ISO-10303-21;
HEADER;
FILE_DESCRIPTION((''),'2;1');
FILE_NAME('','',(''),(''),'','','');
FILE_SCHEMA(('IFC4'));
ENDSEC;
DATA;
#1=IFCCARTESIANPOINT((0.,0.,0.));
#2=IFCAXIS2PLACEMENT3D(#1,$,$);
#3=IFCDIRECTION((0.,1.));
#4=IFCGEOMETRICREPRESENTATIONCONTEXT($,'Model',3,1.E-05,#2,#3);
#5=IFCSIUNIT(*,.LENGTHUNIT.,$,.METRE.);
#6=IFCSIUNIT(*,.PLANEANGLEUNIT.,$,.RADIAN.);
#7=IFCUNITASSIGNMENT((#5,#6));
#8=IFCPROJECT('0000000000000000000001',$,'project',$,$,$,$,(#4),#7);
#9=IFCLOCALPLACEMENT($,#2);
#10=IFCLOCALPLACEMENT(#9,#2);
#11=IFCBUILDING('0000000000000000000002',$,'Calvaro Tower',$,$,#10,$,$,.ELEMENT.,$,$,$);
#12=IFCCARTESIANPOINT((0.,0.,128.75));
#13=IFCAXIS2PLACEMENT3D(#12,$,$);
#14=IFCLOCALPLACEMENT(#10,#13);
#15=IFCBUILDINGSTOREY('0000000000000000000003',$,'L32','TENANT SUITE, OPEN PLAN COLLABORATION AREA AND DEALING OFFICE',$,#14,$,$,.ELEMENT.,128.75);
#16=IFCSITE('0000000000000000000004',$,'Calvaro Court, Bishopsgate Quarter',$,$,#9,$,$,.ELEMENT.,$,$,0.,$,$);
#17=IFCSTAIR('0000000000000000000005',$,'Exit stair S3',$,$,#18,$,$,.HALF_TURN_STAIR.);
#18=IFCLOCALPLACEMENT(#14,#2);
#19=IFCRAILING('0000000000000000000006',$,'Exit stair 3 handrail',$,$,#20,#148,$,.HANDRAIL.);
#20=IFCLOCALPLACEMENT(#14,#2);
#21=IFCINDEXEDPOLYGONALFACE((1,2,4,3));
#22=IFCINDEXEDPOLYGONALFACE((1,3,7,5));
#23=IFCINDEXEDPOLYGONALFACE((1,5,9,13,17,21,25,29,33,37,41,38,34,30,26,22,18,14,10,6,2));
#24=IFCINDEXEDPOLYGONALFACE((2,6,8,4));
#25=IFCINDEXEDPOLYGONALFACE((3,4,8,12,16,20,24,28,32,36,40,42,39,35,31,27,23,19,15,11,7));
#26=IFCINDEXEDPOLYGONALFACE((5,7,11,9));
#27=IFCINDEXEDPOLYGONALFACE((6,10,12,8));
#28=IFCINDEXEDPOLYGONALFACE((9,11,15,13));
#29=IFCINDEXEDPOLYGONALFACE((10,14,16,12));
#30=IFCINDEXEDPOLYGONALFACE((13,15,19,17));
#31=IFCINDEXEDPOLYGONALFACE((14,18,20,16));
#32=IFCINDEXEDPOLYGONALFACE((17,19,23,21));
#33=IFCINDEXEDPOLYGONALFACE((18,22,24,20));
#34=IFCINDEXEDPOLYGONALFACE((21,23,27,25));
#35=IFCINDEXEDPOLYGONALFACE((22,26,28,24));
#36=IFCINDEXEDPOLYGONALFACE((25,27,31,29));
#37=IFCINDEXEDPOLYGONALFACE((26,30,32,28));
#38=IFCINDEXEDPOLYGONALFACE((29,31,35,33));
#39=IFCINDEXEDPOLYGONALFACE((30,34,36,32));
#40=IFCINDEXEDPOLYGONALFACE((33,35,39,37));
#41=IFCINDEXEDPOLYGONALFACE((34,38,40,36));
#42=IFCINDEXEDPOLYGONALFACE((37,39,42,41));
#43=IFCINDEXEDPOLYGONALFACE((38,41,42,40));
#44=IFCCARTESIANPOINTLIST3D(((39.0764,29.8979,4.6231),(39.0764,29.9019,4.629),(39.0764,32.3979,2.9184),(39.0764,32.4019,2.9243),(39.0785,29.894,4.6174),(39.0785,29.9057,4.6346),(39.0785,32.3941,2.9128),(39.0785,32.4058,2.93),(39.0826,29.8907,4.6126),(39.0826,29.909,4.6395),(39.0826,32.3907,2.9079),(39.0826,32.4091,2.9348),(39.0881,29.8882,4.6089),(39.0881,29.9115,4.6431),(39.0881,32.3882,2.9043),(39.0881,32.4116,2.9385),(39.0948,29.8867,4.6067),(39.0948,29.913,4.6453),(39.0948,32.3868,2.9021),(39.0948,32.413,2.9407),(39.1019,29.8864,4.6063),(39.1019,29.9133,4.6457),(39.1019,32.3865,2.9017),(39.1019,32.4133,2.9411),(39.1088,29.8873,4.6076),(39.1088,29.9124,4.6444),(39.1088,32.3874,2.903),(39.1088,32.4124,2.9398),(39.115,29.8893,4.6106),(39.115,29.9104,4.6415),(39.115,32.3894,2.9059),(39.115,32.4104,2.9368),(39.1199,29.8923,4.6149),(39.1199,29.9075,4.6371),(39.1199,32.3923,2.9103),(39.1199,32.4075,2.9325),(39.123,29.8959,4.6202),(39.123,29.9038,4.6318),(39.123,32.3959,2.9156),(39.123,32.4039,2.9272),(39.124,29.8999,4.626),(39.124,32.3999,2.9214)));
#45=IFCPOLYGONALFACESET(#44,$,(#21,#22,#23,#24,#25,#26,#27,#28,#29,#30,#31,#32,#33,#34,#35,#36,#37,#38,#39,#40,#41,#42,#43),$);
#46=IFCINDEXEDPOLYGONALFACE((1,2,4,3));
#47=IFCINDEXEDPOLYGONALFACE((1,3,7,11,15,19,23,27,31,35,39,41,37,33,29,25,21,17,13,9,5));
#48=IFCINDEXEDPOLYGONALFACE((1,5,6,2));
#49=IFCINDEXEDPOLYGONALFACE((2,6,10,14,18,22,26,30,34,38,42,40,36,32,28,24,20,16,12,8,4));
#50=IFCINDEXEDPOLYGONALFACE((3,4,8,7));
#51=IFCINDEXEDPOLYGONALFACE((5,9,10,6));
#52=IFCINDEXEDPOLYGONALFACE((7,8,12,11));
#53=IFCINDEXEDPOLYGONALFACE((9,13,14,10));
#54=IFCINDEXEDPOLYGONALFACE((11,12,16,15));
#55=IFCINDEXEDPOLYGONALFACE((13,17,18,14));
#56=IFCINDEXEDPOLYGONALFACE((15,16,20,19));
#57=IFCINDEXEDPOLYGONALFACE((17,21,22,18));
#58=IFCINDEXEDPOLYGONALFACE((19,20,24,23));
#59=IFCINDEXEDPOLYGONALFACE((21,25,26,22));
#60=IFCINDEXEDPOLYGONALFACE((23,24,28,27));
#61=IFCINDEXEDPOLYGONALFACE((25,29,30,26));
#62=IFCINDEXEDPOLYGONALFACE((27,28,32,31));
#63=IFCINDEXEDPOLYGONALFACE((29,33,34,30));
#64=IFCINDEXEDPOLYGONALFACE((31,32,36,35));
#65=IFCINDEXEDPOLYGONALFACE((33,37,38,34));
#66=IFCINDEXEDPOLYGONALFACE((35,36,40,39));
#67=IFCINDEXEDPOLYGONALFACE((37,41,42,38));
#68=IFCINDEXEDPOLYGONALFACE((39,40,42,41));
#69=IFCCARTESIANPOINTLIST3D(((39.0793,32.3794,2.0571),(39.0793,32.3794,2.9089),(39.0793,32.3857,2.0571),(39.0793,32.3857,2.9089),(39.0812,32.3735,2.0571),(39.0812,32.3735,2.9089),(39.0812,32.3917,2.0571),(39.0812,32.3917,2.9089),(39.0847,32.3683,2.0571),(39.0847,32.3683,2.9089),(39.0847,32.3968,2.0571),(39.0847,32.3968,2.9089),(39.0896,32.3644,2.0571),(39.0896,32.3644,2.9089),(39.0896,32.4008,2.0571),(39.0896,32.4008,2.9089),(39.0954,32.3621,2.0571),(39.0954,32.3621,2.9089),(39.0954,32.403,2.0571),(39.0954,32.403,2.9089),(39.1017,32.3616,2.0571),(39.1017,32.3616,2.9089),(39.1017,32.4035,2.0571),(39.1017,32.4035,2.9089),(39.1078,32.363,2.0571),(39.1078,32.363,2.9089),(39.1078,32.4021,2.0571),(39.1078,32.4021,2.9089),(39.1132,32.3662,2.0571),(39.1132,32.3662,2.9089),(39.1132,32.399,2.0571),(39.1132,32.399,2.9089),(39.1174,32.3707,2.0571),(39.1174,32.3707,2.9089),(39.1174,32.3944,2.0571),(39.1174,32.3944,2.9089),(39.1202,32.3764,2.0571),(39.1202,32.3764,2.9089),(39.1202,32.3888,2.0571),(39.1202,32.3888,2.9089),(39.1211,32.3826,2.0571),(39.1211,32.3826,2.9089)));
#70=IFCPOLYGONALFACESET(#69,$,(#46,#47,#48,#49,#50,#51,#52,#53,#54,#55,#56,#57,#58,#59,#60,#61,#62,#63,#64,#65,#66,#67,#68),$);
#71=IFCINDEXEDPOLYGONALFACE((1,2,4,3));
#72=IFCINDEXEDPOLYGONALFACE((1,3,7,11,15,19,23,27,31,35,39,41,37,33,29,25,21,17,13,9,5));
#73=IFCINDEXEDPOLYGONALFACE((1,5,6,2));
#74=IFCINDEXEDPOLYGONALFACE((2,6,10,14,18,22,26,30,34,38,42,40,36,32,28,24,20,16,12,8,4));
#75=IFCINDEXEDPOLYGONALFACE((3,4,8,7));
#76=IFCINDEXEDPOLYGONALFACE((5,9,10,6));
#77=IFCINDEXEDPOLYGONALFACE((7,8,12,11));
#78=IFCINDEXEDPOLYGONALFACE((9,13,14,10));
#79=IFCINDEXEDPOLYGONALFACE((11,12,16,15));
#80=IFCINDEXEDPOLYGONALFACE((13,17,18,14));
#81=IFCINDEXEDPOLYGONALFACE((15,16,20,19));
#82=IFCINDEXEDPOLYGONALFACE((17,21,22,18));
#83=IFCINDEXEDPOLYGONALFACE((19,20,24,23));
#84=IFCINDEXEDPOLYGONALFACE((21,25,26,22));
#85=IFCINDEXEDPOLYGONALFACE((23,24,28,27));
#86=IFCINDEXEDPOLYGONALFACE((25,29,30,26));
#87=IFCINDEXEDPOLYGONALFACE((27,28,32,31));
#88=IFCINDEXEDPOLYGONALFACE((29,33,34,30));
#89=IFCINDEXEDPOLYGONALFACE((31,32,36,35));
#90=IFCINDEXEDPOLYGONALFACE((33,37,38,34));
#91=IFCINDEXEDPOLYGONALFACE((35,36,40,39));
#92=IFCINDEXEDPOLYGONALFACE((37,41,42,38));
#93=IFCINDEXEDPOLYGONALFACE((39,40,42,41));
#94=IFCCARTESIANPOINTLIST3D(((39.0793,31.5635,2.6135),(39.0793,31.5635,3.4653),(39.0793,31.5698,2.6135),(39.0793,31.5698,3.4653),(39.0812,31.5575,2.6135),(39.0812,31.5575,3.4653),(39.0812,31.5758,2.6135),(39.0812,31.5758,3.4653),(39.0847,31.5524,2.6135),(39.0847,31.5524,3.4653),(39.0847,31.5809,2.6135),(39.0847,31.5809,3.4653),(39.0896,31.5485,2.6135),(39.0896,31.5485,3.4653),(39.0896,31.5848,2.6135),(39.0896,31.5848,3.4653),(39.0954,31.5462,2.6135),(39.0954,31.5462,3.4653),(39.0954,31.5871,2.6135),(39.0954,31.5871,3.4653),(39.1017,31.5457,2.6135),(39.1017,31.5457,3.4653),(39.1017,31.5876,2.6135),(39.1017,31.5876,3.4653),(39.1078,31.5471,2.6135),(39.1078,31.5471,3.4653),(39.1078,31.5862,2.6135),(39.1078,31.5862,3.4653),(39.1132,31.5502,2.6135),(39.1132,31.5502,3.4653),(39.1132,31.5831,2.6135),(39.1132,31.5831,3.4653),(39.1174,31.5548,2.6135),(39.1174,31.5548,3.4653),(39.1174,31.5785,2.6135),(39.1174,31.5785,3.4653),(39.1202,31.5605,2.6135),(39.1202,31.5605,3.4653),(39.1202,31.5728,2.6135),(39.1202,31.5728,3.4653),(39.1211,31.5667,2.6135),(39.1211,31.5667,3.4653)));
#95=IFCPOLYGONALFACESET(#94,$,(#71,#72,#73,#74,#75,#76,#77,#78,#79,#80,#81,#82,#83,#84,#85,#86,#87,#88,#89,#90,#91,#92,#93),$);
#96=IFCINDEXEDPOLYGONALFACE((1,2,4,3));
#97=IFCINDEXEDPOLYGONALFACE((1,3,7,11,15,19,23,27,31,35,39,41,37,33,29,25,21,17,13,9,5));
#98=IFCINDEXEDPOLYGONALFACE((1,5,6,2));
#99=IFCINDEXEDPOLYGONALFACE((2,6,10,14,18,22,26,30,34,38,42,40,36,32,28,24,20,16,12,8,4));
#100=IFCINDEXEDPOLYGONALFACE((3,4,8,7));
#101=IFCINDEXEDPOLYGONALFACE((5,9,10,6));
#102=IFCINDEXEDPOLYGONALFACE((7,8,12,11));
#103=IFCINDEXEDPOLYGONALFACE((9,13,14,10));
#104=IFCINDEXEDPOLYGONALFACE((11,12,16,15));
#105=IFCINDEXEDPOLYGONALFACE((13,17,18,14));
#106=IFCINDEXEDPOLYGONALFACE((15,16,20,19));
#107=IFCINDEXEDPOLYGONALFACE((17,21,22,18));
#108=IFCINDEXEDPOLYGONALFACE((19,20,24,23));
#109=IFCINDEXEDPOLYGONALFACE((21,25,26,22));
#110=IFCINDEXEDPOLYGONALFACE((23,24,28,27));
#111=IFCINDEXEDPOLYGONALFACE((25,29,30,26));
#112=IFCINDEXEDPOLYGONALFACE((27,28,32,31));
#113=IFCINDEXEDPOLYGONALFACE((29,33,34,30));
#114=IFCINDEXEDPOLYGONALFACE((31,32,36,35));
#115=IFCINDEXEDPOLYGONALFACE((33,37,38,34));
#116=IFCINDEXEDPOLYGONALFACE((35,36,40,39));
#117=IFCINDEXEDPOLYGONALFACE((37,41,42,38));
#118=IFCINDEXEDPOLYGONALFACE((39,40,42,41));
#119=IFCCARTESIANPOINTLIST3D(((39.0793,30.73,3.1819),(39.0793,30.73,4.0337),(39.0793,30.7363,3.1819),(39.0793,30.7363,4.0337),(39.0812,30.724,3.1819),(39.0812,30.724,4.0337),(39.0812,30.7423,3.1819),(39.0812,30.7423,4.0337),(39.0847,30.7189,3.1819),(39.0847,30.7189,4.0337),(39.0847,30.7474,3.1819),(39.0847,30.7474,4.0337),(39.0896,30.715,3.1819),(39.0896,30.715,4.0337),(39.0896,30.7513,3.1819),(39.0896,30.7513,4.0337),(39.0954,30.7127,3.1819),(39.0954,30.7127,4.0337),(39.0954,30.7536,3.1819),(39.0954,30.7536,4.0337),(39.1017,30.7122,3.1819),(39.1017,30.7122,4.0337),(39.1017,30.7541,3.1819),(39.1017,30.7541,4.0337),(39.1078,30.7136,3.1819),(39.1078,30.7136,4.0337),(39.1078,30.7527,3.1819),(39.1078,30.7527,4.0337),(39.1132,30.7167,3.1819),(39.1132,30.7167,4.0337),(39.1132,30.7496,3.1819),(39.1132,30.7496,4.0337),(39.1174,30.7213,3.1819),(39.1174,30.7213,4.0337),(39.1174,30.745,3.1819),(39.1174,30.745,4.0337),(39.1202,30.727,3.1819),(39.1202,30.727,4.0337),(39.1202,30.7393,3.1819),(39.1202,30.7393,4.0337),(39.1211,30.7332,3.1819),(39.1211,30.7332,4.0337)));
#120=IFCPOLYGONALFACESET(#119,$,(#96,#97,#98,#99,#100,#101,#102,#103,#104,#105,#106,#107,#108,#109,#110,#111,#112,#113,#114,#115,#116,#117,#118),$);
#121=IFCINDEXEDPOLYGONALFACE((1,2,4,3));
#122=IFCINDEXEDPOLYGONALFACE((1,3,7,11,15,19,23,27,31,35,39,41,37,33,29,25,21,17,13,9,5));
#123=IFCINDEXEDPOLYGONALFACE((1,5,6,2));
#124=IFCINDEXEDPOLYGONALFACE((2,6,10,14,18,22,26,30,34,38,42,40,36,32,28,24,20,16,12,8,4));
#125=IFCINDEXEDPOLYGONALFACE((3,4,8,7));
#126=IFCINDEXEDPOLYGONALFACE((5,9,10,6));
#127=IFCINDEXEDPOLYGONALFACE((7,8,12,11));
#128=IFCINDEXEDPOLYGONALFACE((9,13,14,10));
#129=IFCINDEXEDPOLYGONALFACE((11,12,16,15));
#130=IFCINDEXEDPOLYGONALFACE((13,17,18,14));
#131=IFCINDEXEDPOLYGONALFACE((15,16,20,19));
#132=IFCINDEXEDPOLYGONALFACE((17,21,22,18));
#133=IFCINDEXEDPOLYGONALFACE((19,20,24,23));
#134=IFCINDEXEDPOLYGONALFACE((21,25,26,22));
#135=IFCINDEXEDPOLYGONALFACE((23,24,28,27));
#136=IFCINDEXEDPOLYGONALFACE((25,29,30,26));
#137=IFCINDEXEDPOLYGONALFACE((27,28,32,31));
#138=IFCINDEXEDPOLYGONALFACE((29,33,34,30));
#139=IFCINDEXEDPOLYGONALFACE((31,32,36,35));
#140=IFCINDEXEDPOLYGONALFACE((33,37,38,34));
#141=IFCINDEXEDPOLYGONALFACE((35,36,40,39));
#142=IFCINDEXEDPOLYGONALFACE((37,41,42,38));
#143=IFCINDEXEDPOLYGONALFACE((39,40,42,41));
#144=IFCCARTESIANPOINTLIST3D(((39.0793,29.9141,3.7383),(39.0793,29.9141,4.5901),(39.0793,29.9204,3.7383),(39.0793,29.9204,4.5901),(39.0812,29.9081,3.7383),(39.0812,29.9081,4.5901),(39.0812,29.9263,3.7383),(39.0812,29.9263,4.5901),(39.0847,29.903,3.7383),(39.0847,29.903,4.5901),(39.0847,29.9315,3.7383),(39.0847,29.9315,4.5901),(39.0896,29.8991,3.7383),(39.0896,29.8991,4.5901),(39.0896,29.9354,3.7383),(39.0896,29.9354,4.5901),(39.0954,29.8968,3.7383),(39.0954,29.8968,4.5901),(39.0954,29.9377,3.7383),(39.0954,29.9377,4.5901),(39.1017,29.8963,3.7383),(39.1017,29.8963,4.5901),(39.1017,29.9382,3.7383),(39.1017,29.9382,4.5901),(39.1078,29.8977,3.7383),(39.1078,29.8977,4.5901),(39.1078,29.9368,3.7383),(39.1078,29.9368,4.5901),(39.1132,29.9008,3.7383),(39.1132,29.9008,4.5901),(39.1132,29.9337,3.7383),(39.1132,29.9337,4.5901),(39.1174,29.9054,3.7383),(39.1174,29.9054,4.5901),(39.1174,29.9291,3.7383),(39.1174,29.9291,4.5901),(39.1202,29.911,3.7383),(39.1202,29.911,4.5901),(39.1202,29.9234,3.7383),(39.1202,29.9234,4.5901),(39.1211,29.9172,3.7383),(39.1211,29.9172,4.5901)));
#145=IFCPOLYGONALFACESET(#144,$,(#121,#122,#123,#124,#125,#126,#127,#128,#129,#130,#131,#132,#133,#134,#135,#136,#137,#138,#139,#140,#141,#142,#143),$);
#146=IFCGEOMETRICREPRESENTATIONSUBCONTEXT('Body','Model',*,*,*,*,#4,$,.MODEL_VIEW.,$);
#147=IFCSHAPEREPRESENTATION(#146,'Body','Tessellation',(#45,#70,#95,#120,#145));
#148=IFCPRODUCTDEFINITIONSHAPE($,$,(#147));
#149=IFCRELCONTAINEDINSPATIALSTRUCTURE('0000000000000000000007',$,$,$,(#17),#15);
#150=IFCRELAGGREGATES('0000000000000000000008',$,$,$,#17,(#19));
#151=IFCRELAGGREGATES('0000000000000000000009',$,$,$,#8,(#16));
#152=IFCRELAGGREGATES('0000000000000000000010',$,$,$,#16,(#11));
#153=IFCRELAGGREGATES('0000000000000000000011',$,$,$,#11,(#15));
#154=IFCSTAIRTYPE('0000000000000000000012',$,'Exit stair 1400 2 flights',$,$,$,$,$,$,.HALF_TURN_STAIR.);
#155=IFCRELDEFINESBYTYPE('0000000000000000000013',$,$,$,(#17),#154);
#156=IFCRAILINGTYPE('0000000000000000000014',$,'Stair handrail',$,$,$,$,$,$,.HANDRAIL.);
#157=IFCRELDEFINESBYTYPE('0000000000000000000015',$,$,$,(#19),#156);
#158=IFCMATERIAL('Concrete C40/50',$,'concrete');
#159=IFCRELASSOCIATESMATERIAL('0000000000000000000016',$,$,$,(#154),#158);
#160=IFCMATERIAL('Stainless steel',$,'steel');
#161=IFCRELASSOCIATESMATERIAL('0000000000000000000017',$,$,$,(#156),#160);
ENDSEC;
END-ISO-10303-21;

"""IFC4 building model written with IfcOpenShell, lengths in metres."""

from ifc_helpers import new_model, si_unit, direction, frame, origin, origin_2d, place, context, subcontext, project, spatial, circle, extrude, material, type_object, element, aggregate, save


model = new_model("IFC4")

# Units and contexts
model_context = context("Model", 3, precision=1e-05, world=origin(), true_north=direction((0.0, 1.0)))
body_context = subcontext(model_context, "Body", "Model", "MODEL_VIEW")
ifc_project = project(units=[si_unit("LENGTHUNIT", "METRE"), si_unit("PLANEANGLEUNIT", "RADIAN")], contexts=[model_context])

# Site, building, storey
site_placement = place(None, origin())
site = spatial("IfcSite", under=ifc_project, at=site_placement, Name="Calvaro Court, Bishopsgate Quarter", CompositionType="ELEMENT", RefElevation=0.0)
building_placement = place(site_placement, origin())
building = spatial("IfcBuilding", under=site, at=building_placement, Name="Calvaro Tower", CompositionType="ELEMENT")
storey_placement = place(building_placement, frame((0.0, 0.0, 128.75)))
storey = spatial("IfcBuildingStorey", under=building, at=storey_placement, Name="L32", Description="TENANT SUITE, OPEN PLAN COLLABORATION AREA AND DEALING OFFICE", CompositionType="ELEMENT", Elevation=128.75)

# Stair
ifc_material_1 = material(Name="Concrete C40/50", Category="concrete")
stair_type = type_object("IfcStairType", Name="Exit stair 1400 2 flights", PredefinedType="HALF_TURN_STAIR", material=ifc_material_1)
stair_1_placement = place(storey_placement, origin())
stair_1 = element("IfcStair", 1, at=stair_1_placement, inside=storey, type_object=stair_type, Name="Exit stair S3", PredefinedType="HALF_TURN_STAIR")

# Railing
ifc_material_2 = material(Name="Stainless steel", Category="steel")
railing_type = type_object("IfcRailingType", Name="Stair handrail", PredefinedType="HANDRAIL", material=ifc_material_2)
railing_1_placement = place(storey_placement, frame((39.1001, 32.3999, 2.0454)))
railing_1 = element("IfcRailing", 2, at=railing_1_placement, type_object=railing_type, Name="Exit stair 3 handrail", PredefinedType="HANDRAIL", context=body_context, shape_type="SweptSolid", body=[
    extrude(circle(Radius=0.0239, at=origin_2d()), frame((0.0, 0.0, 0.876), z_axis=(0.0, -0.826221, 0.563347), x_axis=(1.0, 0.0, 0.0)), (0.0, 0.0, 1.0), 3.0259),
    extrude(circle(Radius=0.021, at=origin_2d()), frame((0.0, -0.0173, 0.0117)), (0.0, 0.0, 1.0), 0.8518),
    extrude(circle(Radius=0.021, at=origin_2d()), frame((0.0, -0.8333, 0.5681)), (0.0, 0.0, 1.0), 0.8518),
    extrude(circle(Radius=0.021, at=origin_2d()), frame((0.0, -1.6667, 1.1365)), (0.0, 0.0, 1.0), 0.8518),
    extrude(circle(Radius=0.021, at=origin_2d()), frame((0.0, -2.4827, 1.6929)), (0.0, 0.0, 1.0), 0.8518),
])
aggregate(stair_1, [railing_1])

save(model, "model.ifc")
